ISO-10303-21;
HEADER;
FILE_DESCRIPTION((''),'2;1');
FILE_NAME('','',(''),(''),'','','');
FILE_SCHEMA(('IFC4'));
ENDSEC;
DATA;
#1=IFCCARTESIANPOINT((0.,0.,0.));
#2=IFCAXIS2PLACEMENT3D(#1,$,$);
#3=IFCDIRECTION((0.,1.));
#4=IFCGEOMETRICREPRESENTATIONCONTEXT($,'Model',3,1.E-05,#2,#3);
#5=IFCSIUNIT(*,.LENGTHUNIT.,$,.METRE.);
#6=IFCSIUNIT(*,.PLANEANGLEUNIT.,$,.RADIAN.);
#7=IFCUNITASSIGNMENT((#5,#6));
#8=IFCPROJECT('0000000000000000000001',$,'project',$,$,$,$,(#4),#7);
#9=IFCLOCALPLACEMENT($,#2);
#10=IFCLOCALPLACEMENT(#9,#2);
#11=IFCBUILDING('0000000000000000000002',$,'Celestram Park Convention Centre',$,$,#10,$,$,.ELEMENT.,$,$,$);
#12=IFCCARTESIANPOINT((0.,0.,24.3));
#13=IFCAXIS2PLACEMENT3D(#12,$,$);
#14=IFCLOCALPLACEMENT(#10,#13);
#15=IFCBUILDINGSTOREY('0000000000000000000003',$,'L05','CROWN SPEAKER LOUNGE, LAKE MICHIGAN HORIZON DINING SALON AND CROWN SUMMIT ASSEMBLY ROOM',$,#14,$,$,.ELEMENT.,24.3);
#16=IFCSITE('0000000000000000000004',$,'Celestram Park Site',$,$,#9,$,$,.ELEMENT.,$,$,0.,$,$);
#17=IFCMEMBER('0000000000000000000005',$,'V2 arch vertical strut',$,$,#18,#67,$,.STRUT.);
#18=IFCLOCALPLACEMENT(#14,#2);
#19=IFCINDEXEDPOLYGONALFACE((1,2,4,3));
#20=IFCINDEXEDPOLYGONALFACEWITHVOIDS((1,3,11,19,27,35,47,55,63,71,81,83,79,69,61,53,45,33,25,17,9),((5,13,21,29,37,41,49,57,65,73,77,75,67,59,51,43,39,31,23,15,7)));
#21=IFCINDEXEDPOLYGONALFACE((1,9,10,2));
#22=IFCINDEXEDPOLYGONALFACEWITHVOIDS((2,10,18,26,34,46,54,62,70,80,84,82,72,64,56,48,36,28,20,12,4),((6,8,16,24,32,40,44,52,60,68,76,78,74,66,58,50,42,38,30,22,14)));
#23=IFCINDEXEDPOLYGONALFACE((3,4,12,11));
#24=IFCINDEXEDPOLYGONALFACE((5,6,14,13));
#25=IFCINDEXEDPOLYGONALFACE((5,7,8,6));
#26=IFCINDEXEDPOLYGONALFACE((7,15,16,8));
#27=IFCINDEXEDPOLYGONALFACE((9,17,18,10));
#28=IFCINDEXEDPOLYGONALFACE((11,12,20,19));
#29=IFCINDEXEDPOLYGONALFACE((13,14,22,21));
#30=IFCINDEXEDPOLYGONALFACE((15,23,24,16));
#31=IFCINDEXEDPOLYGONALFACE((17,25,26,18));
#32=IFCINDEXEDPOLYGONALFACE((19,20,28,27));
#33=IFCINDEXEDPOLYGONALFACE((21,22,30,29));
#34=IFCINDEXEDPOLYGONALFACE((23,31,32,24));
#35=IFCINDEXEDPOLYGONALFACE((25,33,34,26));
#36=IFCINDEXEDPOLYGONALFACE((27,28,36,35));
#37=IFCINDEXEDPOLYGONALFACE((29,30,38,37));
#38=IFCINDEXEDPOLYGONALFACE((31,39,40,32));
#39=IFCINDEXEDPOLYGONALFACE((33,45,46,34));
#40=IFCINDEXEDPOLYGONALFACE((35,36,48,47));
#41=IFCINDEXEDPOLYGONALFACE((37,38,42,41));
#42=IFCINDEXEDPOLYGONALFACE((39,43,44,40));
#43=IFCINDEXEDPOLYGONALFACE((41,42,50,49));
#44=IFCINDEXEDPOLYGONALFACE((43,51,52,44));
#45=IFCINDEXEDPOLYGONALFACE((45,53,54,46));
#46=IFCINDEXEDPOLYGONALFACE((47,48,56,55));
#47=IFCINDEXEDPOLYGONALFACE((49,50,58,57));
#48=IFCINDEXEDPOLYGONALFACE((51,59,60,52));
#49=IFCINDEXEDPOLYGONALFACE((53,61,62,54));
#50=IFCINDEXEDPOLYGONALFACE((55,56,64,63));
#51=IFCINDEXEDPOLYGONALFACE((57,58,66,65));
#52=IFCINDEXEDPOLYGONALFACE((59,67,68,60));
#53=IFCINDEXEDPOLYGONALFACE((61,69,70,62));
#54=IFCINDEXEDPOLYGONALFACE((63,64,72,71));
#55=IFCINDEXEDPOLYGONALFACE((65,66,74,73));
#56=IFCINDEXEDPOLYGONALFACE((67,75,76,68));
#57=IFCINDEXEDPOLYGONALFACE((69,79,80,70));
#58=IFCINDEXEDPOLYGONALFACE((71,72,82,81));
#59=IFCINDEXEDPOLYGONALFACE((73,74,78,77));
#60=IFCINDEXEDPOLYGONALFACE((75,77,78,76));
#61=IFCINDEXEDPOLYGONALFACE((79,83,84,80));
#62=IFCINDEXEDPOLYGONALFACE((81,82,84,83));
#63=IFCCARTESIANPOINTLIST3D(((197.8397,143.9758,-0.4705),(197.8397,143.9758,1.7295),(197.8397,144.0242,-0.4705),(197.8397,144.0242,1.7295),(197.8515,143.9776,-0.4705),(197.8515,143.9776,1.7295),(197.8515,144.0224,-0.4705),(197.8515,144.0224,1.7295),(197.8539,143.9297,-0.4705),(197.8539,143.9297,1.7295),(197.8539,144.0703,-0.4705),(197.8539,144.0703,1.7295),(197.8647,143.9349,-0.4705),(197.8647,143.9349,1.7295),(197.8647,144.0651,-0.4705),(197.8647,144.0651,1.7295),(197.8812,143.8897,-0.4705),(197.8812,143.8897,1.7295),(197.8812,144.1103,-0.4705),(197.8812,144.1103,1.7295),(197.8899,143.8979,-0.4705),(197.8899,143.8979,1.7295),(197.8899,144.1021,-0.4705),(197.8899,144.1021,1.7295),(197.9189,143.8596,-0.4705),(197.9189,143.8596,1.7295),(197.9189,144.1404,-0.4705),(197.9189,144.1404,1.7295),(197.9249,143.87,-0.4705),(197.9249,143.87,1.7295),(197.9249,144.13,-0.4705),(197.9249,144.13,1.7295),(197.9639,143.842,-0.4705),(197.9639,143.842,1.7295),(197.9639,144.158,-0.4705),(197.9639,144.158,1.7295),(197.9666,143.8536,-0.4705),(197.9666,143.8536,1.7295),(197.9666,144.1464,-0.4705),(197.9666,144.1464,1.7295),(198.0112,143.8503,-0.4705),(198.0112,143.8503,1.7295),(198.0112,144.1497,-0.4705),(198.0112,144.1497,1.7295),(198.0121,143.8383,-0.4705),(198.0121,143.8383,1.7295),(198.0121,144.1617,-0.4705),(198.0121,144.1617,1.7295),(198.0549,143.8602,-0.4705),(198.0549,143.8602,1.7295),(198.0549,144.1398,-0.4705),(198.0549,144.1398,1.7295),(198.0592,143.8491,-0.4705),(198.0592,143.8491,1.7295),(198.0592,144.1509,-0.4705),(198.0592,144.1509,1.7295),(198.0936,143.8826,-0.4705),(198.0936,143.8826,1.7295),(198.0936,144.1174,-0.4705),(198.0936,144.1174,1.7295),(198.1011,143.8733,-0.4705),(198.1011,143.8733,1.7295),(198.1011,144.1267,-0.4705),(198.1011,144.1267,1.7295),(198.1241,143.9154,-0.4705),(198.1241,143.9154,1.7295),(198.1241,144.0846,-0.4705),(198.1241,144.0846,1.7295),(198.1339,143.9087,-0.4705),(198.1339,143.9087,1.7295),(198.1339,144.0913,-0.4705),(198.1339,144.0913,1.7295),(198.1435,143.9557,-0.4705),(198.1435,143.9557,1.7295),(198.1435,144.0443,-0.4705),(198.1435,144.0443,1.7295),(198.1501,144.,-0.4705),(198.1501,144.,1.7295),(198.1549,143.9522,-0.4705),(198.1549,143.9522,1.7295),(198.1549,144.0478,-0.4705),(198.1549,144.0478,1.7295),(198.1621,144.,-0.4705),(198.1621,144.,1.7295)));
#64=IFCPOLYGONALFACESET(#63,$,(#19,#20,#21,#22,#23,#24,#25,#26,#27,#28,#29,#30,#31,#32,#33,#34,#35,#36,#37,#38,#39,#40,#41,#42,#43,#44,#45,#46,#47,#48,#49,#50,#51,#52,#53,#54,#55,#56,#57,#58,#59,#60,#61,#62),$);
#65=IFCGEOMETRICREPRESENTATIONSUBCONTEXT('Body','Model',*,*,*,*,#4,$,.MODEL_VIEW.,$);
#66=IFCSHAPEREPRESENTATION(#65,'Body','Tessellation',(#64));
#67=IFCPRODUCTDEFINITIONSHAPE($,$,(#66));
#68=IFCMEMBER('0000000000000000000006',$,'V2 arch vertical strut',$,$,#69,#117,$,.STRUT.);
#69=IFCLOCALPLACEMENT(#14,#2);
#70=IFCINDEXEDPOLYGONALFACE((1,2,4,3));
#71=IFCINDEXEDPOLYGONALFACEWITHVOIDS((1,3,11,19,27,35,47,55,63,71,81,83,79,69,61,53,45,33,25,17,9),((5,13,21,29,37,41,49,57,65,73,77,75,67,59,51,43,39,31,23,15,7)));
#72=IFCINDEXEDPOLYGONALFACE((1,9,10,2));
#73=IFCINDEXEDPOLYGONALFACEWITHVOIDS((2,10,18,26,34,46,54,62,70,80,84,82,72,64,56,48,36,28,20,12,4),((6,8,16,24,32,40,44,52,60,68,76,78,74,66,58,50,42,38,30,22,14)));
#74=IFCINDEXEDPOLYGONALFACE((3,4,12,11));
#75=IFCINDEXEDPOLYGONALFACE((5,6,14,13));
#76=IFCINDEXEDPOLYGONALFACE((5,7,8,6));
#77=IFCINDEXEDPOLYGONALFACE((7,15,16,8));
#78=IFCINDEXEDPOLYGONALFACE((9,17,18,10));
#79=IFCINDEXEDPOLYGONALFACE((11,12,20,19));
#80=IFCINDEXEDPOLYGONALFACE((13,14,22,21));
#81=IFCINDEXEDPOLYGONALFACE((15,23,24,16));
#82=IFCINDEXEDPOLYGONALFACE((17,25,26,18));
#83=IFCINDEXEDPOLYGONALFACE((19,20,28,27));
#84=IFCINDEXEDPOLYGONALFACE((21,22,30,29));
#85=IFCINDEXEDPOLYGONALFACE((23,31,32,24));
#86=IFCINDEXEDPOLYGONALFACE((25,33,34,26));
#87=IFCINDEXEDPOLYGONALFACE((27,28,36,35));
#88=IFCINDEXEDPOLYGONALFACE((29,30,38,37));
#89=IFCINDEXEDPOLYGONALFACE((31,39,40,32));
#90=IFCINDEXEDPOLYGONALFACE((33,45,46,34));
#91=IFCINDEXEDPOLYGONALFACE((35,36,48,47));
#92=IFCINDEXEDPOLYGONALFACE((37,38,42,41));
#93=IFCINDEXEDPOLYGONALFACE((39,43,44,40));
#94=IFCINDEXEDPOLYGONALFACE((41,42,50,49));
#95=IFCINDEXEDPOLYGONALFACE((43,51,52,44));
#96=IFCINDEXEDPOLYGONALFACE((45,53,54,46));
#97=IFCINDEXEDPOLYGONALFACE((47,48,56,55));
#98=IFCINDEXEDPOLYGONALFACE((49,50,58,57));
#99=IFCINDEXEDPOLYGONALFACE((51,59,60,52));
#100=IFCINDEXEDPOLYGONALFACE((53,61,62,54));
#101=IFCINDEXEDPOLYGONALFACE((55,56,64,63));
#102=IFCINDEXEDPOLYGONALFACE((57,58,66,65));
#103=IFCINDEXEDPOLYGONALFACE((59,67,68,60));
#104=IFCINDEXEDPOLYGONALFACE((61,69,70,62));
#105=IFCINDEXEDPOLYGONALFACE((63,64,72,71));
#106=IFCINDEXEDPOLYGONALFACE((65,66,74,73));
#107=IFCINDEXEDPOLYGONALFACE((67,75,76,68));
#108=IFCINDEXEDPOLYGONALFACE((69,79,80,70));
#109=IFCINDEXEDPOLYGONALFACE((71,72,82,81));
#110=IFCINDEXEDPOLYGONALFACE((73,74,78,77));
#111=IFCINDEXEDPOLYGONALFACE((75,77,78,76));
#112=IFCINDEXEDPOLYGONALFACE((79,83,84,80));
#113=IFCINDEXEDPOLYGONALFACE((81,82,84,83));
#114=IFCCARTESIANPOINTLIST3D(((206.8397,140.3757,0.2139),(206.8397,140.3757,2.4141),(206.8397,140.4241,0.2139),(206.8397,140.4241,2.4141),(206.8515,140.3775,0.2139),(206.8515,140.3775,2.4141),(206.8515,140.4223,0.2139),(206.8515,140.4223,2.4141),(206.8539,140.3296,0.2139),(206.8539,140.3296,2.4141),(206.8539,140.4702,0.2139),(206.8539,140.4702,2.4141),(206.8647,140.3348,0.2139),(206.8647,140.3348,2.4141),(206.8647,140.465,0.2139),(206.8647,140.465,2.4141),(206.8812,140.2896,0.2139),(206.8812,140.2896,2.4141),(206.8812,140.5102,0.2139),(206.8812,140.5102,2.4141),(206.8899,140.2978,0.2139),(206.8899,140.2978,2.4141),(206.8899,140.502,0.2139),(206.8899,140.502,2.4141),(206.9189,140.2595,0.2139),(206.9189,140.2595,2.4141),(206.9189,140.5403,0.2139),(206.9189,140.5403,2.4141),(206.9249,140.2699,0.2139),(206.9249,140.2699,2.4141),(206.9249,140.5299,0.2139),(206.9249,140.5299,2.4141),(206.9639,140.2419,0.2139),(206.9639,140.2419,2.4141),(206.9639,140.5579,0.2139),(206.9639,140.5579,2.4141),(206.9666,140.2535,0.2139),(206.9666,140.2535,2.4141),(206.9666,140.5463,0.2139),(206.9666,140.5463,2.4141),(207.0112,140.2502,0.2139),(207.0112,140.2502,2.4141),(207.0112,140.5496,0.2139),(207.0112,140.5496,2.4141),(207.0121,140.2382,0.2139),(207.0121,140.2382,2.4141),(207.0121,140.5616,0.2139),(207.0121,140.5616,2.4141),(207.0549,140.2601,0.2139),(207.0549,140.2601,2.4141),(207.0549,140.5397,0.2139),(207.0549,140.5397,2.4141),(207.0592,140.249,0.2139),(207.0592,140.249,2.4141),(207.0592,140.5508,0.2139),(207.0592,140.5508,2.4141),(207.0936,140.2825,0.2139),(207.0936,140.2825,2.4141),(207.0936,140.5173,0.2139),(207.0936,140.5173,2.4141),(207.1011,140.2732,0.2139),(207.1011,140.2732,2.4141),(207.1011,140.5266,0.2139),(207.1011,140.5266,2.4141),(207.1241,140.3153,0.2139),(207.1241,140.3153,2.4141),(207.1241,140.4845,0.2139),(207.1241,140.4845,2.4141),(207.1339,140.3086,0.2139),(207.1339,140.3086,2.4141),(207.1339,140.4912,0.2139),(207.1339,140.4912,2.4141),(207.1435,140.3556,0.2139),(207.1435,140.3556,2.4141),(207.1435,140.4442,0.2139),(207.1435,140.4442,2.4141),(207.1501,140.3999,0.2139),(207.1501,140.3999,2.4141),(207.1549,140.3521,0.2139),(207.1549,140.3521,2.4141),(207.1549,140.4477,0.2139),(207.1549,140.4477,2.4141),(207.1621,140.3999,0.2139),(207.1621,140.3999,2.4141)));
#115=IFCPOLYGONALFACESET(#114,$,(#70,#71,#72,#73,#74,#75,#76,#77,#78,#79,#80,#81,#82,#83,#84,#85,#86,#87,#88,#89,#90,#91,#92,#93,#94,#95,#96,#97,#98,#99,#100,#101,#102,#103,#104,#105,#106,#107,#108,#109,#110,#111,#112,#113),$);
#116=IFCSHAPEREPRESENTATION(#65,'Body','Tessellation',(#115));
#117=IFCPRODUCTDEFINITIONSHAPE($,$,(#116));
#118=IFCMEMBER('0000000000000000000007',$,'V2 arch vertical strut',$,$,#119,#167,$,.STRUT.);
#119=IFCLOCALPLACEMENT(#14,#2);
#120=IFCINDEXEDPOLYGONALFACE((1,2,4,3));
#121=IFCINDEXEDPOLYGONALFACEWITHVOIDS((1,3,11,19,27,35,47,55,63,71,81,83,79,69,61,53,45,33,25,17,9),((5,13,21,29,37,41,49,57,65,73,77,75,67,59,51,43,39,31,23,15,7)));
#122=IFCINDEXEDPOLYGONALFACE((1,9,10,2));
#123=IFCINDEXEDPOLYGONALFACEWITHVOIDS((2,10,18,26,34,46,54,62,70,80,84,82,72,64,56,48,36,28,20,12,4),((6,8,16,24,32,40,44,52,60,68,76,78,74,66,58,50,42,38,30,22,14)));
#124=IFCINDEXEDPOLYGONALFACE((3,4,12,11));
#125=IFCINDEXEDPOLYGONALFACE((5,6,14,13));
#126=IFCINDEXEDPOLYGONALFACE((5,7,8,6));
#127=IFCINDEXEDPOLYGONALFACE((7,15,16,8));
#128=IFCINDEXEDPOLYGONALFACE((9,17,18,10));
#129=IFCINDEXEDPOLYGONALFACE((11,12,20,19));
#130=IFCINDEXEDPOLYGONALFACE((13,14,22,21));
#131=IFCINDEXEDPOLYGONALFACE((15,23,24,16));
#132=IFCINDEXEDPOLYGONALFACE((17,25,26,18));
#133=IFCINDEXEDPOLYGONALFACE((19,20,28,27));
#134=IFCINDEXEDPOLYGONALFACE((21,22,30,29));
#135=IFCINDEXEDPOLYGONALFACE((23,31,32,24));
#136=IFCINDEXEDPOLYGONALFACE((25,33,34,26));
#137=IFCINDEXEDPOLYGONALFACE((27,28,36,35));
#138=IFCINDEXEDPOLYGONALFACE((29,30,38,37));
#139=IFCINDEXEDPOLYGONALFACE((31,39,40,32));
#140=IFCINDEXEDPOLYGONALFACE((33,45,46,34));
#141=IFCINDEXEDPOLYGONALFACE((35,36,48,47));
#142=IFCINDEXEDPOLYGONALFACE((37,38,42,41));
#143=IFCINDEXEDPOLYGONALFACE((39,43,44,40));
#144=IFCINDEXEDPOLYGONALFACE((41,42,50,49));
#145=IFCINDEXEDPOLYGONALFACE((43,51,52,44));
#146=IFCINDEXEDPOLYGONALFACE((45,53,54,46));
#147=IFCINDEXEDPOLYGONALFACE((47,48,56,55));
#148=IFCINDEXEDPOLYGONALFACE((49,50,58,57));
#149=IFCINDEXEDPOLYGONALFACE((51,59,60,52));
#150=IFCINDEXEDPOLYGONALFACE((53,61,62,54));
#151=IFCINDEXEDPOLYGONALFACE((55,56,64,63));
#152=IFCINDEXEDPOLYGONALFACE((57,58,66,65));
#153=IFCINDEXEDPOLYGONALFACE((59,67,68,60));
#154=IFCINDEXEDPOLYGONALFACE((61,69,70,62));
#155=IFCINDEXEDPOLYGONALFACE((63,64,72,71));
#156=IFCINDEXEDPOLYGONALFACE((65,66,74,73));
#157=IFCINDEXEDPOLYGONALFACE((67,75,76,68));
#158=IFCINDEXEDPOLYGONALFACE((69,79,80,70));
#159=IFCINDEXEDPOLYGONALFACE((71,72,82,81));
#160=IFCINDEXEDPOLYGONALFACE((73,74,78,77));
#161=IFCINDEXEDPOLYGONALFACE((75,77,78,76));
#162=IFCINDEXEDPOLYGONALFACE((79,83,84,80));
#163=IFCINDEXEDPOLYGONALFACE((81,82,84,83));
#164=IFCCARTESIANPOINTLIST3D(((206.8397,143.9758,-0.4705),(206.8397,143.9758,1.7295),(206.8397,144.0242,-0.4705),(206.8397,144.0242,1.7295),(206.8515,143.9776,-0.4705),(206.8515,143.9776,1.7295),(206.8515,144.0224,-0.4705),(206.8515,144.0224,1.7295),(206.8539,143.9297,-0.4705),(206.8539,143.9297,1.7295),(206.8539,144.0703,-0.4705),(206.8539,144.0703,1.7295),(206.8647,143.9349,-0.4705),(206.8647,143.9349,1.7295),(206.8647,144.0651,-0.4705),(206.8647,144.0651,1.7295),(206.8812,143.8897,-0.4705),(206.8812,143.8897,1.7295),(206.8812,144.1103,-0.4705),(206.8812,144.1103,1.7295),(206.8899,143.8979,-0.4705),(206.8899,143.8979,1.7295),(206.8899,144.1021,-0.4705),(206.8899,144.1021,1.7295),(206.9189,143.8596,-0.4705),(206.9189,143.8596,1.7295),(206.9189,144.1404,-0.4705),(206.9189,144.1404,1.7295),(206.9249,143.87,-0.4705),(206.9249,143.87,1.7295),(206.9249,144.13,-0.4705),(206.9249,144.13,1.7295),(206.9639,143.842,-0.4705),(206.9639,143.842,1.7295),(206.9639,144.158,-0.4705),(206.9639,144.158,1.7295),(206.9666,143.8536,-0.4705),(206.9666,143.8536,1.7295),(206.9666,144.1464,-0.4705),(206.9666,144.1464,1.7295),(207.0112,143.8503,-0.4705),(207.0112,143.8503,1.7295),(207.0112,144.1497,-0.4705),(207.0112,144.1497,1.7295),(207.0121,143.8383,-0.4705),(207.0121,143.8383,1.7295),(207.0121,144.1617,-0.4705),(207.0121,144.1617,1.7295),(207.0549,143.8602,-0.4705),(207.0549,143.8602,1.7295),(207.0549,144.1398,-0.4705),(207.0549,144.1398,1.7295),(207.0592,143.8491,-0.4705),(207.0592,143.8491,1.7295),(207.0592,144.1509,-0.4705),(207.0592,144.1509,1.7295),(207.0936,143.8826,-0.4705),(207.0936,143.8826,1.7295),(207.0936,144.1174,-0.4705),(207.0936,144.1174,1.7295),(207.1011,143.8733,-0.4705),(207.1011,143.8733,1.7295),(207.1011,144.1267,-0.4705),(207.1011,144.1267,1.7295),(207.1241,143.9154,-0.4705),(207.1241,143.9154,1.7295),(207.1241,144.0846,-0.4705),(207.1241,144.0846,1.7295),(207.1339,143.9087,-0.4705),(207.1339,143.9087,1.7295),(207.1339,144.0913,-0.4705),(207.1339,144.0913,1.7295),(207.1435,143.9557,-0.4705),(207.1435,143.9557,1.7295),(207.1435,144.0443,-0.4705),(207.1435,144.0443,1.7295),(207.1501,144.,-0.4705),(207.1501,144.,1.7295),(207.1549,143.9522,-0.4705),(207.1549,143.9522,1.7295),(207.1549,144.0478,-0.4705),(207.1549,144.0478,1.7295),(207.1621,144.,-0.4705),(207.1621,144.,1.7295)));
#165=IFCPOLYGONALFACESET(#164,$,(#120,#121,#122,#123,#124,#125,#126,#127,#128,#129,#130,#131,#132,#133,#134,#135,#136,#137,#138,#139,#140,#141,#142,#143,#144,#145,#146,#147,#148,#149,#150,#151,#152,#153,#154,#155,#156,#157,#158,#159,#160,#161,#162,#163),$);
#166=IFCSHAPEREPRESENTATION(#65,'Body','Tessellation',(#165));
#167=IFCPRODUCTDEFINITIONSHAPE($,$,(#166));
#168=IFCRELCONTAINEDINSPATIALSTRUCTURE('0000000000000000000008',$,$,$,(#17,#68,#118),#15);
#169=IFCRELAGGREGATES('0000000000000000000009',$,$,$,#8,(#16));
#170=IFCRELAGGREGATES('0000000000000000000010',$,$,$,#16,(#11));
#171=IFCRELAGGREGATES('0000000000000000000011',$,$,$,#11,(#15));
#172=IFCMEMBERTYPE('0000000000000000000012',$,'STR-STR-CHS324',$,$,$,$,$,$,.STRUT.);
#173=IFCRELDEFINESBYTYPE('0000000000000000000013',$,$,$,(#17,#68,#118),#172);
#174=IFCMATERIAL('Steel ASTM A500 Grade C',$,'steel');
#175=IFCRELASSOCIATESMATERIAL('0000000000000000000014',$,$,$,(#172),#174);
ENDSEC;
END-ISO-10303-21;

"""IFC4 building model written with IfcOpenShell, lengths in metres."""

from ifc_helpers import new_model, si_unit, direction, frame, origin, origin_2d, place, context, subcontext, project, spatial, hollow_circle, extrude, material, material_profile, profile_set, type_object, element, save


model = new_model("IFC4")

# Units and contexts
model_context = context("Model", 3, precision=1e-05, world=origin(), true_north=direction((0.0, 1.0)))
body_context = subcontext(model_context, "Body", "Model", "MODEL_VIEW")
ifc_project = project(units=[si_unit("LENGTHUNIT", "METRE"), si_unit("PLANEANGLEUNIT", "RADIAN")], contexts=[model_context])

# Site, building, storey
site_placement = place(None, origin())
site = spatial("IfcSite", under=ifc_project, at=site_placement, Name="Celestram Park Site", CompositionType="ELEMENT", RefElevation=0.0)
building_placement = place(site_placement, origin())
building = spatial("IfcBuilding", under=site, at=building_placement, Name="Celestram Park Convention Centre", CompositionType="ELEMENT")
storey_placement = place(building_placement, frame((0.0, 0.0, 24.3)))
storey = spatial("IfcBuildingStorey", under=building, at=storey_placement, Name="L05", Description="CROWN SPEAKER LOUNGE, LAKE MICHIGAN HORIZON DINING SALON AND CROWN SUMMIT ASSEMBLY ROOM", CompositionType="ELEMENT", Elevation=24.3)

# Members
ifc_material_1 = material(Name="Steel ASTM A500 Grade C", Category="steel")
ifc_material_profile_1 = material_profile(ifc_material_1, hollow_circle(Radius=0.1621, WallThickness=0.012, at=origin_2d()), Name="CHS324X12")
ifc_profile_set_1 = profile_set([ifc_material_profile_1], Name="Steel ASTM A500 Grade C")
member_type_1 = type_object("IfcMemberType", Name="STR-STR-CHS324", PredefinedType="STRUT", material=ifc_profile_set_1)
member_1_placement = place(storey_placement, frame((198.0, 144.0, -0.4705), z_axis=(0.0, 0.0, 1.0), x_axis=(1.0, 0.0, 0.0)))
element("IfcMember", 1, at=member_1_placement, inside=storey, type_object=member_type_1, Name="V2 arch vertical strut", PredefinedType="STRUT", context=body_context, shape_type="SweptSolid", body=[
    extrude(hollow_circle(Radius=0.1621, WallThickness=0.012, at=origin_2d()), origin(), (0.0, 0.0, 1.0), 2.2),
])
member_2_placement = place(storey_placement, frame((207.0, 140.3999, 0.2139), z_axis=(0.0, 0.0, 1.0), x_axis=(1.0, 0.0, 0.0)))
element("IfcMember", 2, at=member_2_placement, inside=storey, type_object=member_type_1, Name="V2 arch vertical strut", PredefinedType="STRUT", context=body_context, shape_type="SweptSolid", body=[
    extrude(hollow_circle(Radius=0.1621, WallThickness=0.012, at=origin_2d()), origin(), (0.0, 0.0, 1.0), 2.2002),
])
member_3_placement = place(storey_placement, frame((207.0, 144.0, -0.4705), z_axis=(0.0, 0.0, 1.0), x_axis=(1.0, 0.0, 0.0)))
element("IfcMember", 3, at=member_3_placement, inside=storey, type_object=member_type_1, Name="V2 arch vertical strut", PredefinedType="STRUT", context=body_context, shape_type="SweptSolid", body=[
    extrude(hollow_circle(Radius=0.1621, WallThickness=0.012, at=origin_2d()), origin(), (0.0, 0.0, 1.0), 2.2),
])

save(model, "model.ifc")
